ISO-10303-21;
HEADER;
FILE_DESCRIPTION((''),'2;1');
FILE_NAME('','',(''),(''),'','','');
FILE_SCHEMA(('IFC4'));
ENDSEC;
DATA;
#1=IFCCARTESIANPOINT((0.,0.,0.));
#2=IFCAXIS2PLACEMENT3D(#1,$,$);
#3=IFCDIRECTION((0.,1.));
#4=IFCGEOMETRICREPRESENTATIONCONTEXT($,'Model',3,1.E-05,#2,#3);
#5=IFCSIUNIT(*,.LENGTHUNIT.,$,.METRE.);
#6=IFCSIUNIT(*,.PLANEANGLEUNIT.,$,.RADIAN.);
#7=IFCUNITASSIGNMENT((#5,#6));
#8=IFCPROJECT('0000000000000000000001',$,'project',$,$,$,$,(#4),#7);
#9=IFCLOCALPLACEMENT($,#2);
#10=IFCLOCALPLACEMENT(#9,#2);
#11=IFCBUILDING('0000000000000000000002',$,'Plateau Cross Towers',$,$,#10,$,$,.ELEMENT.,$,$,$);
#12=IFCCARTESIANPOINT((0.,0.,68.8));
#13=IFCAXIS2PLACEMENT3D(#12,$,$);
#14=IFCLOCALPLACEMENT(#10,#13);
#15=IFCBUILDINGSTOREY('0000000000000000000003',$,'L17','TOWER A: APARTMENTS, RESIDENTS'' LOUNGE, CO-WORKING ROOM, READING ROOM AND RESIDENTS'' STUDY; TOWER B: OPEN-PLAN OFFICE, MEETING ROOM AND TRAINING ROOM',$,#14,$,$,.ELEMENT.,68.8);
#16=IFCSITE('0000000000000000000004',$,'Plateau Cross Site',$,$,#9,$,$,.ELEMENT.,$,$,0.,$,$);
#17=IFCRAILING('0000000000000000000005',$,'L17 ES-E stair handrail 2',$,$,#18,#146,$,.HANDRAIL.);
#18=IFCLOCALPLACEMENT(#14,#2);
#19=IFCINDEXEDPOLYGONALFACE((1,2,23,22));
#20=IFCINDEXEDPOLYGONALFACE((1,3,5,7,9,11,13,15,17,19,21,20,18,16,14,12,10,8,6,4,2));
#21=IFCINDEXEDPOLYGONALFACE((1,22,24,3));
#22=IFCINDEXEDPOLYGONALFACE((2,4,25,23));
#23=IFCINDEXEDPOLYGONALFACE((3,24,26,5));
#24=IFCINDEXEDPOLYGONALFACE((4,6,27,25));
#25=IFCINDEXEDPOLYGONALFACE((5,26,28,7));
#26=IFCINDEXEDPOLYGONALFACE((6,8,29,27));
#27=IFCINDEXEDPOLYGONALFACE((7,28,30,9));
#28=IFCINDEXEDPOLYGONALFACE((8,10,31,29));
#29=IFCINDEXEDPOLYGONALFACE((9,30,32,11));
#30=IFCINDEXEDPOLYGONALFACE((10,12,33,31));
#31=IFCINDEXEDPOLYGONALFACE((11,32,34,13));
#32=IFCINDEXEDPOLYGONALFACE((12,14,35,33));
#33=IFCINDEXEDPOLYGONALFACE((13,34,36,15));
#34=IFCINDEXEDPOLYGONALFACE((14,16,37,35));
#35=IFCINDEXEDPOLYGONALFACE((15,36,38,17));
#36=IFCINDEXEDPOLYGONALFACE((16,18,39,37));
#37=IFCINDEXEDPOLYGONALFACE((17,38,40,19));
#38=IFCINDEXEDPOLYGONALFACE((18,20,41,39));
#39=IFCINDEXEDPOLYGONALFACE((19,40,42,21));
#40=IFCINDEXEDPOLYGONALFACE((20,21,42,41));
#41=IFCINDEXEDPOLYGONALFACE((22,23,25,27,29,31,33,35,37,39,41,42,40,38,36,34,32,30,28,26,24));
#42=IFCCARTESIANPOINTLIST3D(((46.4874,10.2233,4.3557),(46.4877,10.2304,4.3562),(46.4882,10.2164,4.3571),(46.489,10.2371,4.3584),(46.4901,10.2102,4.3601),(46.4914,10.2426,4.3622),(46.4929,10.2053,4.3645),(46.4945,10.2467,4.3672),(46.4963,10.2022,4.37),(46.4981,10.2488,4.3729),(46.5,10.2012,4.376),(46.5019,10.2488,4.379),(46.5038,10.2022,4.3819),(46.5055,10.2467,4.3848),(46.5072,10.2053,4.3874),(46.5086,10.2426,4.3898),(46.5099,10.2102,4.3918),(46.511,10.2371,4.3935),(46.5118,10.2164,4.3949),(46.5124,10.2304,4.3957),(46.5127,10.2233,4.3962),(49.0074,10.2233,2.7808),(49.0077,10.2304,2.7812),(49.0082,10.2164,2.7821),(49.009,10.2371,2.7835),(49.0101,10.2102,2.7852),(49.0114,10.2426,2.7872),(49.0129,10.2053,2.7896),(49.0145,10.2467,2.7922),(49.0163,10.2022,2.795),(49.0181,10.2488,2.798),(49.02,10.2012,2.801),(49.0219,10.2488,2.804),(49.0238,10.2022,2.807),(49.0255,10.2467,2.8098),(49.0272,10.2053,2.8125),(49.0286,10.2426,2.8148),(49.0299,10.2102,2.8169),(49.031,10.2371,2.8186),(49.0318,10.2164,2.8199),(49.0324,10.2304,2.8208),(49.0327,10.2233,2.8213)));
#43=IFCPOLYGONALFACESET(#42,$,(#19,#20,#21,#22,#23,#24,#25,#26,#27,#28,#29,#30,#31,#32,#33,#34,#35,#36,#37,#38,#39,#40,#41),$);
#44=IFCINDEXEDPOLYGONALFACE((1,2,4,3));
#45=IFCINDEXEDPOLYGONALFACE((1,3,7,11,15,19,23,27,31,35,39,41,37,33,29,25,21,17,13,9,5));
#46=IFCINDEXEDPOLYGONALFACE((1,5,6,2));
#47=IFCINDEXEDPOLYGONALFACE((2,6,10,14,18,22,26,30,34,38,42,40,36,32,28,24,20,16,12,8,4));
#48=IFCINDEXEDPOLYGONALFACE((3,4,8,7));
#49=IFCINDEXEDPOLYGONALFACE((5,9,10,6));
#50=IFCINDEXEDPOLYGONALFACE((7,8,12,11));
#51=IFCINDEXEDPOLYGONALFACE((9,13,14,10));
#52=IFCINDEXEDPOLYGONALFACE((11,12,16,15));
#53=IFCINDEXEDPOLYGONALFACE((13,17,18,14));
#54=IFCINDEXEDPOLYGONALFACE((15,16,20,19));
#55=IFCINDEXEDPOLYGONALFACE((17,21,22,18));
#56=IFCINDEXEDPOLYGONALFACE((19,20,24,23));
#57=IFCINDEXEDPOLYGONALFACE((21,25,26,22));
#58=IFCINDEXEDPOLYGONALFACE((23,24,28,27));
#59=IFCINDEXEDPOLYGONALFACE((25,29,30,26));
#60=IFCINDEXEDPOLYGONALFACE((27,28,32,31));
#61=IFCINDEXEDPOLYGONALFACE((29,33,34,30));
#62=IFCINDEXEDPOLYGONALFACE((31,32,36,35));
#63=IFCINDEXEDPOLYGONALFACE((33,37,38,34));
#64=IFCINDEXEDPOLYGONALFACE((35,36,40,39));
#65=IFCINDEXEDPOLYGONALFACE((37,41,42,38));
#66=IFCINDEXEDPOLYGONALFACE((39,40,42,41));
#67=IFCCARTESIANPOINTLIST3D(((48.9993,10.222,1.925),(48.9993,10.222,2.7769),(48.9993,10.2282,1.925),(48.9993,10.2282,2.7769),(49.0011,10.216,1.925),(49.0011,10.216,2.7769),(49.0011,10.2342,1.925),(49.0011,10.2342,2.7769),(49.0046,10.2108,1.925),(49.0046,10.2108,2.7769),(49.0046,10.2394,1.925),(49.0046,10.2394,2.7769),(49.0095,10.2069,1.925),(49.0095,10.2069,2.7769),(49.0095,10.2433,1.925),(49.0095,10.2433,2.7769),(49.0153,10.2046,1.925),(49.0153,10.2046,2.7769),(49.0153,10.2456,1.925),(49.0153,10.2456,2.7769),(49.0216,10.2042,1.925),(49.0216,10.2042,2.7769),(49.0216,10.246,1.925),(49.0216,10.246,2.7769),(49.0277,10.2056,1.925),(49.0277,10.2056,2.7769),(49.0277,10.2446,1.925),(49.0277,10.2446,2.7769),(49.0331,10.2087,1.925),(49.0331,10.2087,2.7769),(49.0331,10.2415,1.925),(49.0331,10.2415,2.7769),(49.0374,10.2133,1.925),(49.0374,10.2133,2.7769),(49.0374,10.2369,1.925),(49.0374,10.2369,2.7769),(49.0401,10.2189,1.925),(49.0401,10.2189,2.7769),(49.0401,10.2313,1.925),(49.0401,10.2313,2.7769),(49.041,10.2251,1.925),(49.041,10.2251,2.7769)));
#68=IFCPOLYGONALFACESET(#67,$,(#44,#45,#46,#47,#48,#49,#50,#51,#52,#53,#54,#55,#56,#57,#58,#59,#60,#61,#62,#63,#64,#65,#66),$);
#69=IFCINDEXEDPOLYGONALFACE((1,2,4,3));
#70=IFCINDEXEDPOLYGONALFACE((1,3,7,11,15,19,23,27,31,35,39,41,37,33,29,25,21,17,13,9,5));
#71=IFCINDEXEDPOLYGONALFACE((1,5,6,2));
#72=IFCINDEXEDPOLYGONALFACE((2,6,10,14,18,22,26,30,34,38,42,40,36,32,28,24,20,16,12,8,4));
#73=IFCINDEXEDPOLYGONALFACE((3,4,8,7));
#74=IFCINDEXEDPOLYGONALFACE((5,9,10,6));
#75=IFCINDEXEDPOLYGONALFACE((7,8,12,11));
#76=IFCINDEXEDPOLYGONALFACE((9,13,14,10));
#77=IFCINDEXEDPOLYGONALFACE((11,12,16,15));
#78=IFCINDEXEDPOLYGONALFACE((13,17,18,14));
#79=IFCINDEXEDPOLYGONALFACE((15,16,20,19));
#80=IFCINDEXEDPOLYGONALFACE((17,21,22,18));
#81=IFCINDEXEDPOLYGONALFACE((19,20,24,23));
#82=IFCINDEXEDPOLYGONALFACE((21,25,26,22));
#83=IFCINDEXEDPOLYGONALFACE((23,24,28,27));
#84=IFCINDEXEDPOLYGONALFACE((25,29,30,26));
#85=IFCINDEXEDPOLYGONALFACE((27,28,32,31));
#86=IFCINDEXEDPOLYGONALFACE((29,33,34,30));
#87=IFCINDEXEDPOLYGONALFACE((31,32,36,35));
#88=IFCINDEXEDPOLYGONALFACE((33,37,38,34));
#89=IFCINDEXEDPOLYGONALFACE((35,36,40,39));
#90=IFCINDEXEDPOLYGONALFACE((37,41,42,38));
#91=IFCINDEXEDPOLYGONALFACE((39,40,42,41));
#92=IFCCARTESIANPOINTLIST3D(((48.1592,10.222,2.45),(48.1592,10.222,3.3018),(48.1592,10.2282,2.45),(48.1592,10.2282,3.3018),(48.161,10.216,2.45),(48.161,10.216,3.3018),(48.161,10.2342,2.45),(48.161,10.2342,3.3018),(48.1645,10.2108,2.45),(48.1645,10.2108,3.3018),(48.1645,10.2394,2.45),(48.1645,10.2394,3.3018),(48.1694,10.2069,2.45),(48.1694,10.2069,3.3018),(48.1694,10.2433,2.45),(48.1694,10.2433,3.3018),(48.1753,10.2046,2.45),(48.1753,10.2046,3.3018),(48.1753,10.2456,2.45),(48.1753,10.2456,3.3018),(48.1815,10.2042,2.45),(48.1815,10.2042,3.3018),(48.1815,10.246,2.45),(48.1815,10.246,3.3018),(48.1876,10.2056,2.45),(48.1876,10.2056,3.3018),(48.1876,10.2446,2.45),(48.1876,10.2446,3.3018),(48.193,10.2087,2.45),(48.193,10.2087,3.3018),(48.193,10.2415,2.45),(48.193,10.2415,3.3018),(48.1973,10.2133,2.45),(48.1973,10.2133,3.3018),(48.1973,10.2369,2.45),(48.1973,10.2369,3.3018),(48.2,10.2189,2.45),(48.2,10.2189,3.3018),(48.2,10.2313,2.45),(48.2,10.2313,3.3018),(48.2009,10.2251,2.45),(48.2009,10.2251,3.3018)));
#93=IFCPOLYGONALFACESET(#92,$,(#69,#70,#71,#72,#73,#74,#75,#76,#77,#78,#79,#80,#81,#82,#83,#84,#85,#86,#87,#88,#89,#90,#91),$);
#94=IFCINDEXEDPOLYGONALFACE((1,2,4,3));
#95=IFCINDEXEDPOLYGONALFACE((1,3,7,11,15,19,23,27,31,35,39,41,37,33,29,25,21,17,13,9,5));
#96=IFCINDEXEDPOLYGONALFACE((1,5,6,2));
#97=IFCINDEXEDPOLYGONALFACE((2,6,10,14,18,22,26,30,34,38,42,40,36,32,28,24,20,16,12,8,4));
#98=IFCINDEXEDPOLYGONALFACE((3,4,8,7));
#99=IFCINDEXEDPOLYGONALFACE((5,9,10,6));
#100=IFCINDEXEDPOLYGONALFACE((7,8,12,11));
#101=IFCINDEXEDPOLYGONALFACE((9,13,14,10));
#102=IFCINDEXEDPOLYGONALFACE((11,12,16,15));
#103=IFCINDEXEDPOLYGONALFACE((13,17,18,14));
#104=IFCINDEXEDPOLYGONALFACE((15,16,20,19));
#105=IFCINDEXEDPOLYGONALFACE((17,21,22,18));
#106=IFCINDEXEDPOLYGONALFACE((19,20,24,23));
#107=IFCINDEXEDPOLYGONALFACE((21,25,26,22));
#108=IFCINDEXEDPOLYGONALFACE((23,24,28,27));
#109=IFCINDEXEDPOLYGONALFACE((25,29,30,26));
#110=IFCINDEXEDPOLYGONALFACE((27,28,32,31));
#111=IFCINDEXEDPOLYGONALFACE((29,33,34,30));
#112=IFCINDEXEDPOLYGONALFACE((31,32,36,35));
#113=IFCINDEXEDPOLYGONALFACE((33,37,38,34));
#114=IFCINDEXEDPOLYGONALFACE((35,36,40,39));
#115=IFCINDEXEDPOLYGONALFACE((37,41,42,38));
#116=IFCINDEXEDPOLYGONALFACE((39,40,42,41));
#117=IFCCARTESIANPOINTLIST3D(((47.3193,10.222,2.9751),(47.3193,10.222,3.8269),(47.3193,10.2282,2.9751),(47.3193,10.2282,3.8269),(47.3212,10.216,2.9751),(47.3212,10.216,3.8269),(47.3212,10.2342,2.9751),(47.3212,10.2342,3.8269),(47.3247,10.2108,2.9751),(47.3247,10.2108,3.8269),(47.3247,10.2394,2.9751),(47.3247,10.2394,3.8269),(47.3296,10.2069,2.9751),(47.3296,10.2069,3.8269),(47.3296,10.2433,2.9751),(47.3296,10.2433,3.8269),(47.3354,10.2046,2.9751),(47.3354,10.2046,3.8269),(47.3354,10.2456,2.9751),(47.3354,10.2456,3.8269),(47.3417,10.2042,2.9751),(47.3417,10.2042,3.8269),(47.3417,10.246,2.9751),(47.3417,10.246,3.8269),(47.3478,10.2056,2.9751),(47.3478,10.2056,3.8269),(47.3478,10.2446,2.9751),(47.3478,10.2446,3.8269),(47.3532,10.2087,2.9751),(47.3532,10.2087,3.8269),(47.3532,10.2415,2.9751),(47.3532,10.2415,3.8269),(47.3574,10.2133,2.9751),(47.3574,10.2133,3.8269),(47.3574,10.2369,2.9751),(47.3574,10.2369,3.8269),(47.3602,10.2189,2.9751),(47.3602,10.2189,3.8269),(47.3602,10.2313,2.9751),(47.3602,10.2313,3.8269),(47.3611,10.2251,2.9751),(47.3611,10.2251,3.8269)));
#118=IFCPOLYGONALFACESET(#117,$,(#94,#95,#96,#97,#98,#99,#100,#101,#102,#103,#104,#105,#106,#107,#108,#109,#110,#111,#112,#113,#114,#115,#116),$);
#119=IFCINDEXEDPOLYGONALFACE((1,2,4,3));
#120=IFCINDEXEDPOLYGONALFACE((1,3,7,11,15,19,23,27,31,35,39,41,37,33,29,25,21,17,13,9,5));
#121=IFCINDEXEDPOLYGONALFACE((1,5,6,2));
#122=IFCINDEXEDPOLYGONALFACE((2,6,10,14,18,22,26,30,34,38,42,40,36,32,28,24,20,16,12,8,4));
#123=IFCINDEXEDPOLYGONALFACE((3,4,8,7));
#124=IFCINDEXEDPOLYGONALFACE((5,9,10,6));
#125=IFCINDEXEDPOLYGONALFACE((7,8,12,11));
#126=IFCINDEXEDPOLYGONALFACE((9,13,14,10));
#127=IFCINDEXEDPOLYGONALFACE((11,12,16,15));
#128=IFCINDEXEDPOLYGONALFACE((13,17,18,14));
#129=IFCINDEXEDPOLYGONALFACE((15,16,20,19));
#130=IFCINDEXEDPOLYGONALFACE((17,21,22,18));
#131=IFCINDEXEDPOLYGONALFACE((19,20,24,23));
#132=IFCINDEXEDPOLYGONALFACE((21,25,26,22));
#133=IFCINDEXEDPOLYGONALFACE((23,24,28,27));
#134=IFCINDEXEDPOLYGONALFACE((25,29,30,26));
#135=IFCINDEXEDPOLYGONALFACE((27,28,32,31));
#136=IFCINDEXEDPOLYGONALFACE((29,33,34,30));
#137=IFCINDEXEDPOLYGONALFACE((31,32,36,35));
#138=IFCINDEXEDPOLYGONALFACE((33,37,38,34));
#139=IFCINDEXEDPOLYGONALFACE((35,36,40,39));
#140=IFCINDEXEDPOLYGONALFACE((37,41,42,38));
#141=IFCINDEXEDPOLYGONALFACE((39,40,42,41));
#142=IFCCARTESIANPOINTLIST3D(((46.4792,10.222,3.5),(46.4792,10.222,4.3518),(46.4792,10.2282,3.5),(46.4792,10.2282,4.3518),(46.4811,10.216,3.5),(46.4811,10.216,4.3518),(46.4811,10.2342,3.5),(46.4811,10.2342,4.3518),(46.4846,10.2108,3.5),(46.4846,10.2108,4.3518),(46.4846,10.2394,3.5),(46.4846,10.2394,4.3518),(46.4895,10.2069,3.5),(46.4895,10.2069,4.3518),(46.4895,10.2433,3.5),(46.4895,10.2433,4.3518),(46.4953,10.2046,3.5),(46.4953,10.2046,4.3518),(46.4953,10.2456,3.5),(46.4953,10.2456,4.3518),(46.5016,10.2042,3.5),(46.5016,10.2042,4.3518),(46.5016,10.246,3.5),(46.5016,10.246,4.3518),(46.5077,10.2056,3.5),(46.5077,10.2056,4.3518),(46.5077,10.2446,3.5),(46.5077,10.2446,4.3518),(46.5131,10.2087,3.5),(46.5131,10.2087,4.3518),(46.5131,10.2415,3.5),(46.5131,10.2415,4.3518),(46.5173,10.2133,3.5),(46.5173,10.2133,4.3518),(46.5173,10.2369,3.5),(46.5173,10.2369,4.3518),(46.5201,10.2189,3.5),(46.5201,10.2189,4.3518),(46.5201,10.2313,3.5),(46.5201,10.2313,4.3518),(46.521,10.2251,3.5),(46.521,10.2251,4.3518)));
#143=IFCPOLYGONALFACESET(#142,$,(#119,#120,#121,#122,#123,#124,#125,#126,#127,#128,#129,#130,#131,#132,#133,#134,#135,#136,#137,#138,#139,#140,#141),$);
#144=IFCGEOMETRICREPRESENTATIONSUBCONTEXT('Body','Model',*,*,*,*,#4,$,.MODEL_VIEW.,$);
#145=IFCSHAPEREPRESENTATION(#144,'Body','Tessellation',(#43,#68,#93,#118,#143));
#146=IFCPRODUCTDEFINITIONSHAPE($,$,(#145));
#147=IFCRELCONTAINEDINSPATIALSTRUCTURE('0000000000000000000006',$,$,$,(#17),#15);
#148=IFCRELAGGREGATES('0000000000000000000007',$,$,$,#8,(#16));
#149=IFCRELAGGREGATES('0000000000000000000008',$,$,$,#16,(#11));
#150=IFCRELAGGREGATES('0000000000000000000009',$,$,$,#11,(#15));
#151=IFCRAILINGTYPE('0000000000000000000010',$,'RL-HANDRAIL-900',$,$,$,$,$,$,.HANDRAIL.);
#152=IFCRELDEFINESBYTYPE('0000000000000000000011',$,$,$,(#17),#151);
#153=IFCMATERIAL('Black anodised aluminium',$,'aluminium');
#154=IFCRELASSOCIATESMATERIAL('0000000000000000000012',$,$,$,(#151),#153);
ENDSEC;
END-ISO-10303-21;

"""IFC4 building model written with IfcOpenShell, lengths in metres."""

from ifc_helpers import new_model, si_unit, direction, frame, origin, origin_2d, place, context, subcontext, project, spatial, circle, extrude, material, type_object, element, save


model = new_model("IFC4")

# Units and contexts
model_context = context("Model", 3, precision=1e-05, world=origin(), true_north=direction((0.0, 1.0)))
body_context = subcontext(model_context, "Body", "Model", "MODEL_VIEW")
ifc_project = project(units=[si_unit("LENGTHUNIT", "METRE"), si_unit("PLANEANGLEUNIT", "RADIAN")], contexts=[model_context])

# Site, building, storey
site_placement = place(None, origin())
site = spatial("IfcSite", under=ifc_project, at=site_placement, Name="Plateau Cross Site", CompositionType="ELEMENT", RefElevation=0.0)
building_placement = place(site_placement, origin())
building = spatial("IfcBuilding", under=site, at=building_placement, Name="Plateau Cross Towers", CompositionType="ELEMENT")
storey_placement = place(building_placement, frame((0.0, 0.0, 68.8)))
storey = spatial("IfcBuildingStorey", under=building, at=storey_placement, Name="L17", Description="TOWER A: APARTMENTS, RESIDENTS' LOUNGE, CO-WORKING ROOM, READING ROOM AND RESIDENTS' STUDY; TOWER B: OPEN-PLAN OFFICE, MEETING ROOM AND TRAINING ROOM", CompositionType="ELEMENT", Elevation=68.8)

# Shared definitions
ifc_material_1 = material(Name="Black anodised aluminium", Category="aluminium")

# Railing
railing_type_1 = type_object("IfcRailingType", Name="RL-HANDRAIL-900", PredefinedType="HANDRAIL", material=ifc_material_1)
railing_1_placement = place(storey_placement, frame((49.02, 10.2251, 1.925)))
element("IfcRailing", 1, at=railing_1_placement, inside=storey, type_object=railing_type_1, Name="L17 ES-E stair handrail 2", PredefinedType="HANDRAIL", context=body_context, shape_type="SweptSolid", body=[
    extrude(circle(Radius=0.0239, at=origin_2d()), frame((0.0, 0.0, 0.876), z_axis=(-0.848008, 0.0, 0.529984), x_axis=(0.0, -1.0, 0.0)), (0.0, 0.0, 1.0), 2.9717),
    extrude(circle(Radius=0.021, at=origin_2d()), origin(), (0.0, 0.0, 1.0), 0.8518),
    extrude(circle(Radius=0.021, at=origin_2d()), frame((-0.8401, 0.0, 0.5249)), (0.0, 0.0, 1.0), 0.8518),
    extrude(circle(Radius=0.021, at=origin_2d()), frame((-1.6799, 0.0, 1.05)), (0.0, 0.0, 1.0), 0.8518),
    extrude(circle(Radius=0.021, at=origin_2d()), frame((-2.52, 0.0, 1.575)), (0.0, 0.0, 1.0), 0.8518),
])

save(model, "model.ifc")
